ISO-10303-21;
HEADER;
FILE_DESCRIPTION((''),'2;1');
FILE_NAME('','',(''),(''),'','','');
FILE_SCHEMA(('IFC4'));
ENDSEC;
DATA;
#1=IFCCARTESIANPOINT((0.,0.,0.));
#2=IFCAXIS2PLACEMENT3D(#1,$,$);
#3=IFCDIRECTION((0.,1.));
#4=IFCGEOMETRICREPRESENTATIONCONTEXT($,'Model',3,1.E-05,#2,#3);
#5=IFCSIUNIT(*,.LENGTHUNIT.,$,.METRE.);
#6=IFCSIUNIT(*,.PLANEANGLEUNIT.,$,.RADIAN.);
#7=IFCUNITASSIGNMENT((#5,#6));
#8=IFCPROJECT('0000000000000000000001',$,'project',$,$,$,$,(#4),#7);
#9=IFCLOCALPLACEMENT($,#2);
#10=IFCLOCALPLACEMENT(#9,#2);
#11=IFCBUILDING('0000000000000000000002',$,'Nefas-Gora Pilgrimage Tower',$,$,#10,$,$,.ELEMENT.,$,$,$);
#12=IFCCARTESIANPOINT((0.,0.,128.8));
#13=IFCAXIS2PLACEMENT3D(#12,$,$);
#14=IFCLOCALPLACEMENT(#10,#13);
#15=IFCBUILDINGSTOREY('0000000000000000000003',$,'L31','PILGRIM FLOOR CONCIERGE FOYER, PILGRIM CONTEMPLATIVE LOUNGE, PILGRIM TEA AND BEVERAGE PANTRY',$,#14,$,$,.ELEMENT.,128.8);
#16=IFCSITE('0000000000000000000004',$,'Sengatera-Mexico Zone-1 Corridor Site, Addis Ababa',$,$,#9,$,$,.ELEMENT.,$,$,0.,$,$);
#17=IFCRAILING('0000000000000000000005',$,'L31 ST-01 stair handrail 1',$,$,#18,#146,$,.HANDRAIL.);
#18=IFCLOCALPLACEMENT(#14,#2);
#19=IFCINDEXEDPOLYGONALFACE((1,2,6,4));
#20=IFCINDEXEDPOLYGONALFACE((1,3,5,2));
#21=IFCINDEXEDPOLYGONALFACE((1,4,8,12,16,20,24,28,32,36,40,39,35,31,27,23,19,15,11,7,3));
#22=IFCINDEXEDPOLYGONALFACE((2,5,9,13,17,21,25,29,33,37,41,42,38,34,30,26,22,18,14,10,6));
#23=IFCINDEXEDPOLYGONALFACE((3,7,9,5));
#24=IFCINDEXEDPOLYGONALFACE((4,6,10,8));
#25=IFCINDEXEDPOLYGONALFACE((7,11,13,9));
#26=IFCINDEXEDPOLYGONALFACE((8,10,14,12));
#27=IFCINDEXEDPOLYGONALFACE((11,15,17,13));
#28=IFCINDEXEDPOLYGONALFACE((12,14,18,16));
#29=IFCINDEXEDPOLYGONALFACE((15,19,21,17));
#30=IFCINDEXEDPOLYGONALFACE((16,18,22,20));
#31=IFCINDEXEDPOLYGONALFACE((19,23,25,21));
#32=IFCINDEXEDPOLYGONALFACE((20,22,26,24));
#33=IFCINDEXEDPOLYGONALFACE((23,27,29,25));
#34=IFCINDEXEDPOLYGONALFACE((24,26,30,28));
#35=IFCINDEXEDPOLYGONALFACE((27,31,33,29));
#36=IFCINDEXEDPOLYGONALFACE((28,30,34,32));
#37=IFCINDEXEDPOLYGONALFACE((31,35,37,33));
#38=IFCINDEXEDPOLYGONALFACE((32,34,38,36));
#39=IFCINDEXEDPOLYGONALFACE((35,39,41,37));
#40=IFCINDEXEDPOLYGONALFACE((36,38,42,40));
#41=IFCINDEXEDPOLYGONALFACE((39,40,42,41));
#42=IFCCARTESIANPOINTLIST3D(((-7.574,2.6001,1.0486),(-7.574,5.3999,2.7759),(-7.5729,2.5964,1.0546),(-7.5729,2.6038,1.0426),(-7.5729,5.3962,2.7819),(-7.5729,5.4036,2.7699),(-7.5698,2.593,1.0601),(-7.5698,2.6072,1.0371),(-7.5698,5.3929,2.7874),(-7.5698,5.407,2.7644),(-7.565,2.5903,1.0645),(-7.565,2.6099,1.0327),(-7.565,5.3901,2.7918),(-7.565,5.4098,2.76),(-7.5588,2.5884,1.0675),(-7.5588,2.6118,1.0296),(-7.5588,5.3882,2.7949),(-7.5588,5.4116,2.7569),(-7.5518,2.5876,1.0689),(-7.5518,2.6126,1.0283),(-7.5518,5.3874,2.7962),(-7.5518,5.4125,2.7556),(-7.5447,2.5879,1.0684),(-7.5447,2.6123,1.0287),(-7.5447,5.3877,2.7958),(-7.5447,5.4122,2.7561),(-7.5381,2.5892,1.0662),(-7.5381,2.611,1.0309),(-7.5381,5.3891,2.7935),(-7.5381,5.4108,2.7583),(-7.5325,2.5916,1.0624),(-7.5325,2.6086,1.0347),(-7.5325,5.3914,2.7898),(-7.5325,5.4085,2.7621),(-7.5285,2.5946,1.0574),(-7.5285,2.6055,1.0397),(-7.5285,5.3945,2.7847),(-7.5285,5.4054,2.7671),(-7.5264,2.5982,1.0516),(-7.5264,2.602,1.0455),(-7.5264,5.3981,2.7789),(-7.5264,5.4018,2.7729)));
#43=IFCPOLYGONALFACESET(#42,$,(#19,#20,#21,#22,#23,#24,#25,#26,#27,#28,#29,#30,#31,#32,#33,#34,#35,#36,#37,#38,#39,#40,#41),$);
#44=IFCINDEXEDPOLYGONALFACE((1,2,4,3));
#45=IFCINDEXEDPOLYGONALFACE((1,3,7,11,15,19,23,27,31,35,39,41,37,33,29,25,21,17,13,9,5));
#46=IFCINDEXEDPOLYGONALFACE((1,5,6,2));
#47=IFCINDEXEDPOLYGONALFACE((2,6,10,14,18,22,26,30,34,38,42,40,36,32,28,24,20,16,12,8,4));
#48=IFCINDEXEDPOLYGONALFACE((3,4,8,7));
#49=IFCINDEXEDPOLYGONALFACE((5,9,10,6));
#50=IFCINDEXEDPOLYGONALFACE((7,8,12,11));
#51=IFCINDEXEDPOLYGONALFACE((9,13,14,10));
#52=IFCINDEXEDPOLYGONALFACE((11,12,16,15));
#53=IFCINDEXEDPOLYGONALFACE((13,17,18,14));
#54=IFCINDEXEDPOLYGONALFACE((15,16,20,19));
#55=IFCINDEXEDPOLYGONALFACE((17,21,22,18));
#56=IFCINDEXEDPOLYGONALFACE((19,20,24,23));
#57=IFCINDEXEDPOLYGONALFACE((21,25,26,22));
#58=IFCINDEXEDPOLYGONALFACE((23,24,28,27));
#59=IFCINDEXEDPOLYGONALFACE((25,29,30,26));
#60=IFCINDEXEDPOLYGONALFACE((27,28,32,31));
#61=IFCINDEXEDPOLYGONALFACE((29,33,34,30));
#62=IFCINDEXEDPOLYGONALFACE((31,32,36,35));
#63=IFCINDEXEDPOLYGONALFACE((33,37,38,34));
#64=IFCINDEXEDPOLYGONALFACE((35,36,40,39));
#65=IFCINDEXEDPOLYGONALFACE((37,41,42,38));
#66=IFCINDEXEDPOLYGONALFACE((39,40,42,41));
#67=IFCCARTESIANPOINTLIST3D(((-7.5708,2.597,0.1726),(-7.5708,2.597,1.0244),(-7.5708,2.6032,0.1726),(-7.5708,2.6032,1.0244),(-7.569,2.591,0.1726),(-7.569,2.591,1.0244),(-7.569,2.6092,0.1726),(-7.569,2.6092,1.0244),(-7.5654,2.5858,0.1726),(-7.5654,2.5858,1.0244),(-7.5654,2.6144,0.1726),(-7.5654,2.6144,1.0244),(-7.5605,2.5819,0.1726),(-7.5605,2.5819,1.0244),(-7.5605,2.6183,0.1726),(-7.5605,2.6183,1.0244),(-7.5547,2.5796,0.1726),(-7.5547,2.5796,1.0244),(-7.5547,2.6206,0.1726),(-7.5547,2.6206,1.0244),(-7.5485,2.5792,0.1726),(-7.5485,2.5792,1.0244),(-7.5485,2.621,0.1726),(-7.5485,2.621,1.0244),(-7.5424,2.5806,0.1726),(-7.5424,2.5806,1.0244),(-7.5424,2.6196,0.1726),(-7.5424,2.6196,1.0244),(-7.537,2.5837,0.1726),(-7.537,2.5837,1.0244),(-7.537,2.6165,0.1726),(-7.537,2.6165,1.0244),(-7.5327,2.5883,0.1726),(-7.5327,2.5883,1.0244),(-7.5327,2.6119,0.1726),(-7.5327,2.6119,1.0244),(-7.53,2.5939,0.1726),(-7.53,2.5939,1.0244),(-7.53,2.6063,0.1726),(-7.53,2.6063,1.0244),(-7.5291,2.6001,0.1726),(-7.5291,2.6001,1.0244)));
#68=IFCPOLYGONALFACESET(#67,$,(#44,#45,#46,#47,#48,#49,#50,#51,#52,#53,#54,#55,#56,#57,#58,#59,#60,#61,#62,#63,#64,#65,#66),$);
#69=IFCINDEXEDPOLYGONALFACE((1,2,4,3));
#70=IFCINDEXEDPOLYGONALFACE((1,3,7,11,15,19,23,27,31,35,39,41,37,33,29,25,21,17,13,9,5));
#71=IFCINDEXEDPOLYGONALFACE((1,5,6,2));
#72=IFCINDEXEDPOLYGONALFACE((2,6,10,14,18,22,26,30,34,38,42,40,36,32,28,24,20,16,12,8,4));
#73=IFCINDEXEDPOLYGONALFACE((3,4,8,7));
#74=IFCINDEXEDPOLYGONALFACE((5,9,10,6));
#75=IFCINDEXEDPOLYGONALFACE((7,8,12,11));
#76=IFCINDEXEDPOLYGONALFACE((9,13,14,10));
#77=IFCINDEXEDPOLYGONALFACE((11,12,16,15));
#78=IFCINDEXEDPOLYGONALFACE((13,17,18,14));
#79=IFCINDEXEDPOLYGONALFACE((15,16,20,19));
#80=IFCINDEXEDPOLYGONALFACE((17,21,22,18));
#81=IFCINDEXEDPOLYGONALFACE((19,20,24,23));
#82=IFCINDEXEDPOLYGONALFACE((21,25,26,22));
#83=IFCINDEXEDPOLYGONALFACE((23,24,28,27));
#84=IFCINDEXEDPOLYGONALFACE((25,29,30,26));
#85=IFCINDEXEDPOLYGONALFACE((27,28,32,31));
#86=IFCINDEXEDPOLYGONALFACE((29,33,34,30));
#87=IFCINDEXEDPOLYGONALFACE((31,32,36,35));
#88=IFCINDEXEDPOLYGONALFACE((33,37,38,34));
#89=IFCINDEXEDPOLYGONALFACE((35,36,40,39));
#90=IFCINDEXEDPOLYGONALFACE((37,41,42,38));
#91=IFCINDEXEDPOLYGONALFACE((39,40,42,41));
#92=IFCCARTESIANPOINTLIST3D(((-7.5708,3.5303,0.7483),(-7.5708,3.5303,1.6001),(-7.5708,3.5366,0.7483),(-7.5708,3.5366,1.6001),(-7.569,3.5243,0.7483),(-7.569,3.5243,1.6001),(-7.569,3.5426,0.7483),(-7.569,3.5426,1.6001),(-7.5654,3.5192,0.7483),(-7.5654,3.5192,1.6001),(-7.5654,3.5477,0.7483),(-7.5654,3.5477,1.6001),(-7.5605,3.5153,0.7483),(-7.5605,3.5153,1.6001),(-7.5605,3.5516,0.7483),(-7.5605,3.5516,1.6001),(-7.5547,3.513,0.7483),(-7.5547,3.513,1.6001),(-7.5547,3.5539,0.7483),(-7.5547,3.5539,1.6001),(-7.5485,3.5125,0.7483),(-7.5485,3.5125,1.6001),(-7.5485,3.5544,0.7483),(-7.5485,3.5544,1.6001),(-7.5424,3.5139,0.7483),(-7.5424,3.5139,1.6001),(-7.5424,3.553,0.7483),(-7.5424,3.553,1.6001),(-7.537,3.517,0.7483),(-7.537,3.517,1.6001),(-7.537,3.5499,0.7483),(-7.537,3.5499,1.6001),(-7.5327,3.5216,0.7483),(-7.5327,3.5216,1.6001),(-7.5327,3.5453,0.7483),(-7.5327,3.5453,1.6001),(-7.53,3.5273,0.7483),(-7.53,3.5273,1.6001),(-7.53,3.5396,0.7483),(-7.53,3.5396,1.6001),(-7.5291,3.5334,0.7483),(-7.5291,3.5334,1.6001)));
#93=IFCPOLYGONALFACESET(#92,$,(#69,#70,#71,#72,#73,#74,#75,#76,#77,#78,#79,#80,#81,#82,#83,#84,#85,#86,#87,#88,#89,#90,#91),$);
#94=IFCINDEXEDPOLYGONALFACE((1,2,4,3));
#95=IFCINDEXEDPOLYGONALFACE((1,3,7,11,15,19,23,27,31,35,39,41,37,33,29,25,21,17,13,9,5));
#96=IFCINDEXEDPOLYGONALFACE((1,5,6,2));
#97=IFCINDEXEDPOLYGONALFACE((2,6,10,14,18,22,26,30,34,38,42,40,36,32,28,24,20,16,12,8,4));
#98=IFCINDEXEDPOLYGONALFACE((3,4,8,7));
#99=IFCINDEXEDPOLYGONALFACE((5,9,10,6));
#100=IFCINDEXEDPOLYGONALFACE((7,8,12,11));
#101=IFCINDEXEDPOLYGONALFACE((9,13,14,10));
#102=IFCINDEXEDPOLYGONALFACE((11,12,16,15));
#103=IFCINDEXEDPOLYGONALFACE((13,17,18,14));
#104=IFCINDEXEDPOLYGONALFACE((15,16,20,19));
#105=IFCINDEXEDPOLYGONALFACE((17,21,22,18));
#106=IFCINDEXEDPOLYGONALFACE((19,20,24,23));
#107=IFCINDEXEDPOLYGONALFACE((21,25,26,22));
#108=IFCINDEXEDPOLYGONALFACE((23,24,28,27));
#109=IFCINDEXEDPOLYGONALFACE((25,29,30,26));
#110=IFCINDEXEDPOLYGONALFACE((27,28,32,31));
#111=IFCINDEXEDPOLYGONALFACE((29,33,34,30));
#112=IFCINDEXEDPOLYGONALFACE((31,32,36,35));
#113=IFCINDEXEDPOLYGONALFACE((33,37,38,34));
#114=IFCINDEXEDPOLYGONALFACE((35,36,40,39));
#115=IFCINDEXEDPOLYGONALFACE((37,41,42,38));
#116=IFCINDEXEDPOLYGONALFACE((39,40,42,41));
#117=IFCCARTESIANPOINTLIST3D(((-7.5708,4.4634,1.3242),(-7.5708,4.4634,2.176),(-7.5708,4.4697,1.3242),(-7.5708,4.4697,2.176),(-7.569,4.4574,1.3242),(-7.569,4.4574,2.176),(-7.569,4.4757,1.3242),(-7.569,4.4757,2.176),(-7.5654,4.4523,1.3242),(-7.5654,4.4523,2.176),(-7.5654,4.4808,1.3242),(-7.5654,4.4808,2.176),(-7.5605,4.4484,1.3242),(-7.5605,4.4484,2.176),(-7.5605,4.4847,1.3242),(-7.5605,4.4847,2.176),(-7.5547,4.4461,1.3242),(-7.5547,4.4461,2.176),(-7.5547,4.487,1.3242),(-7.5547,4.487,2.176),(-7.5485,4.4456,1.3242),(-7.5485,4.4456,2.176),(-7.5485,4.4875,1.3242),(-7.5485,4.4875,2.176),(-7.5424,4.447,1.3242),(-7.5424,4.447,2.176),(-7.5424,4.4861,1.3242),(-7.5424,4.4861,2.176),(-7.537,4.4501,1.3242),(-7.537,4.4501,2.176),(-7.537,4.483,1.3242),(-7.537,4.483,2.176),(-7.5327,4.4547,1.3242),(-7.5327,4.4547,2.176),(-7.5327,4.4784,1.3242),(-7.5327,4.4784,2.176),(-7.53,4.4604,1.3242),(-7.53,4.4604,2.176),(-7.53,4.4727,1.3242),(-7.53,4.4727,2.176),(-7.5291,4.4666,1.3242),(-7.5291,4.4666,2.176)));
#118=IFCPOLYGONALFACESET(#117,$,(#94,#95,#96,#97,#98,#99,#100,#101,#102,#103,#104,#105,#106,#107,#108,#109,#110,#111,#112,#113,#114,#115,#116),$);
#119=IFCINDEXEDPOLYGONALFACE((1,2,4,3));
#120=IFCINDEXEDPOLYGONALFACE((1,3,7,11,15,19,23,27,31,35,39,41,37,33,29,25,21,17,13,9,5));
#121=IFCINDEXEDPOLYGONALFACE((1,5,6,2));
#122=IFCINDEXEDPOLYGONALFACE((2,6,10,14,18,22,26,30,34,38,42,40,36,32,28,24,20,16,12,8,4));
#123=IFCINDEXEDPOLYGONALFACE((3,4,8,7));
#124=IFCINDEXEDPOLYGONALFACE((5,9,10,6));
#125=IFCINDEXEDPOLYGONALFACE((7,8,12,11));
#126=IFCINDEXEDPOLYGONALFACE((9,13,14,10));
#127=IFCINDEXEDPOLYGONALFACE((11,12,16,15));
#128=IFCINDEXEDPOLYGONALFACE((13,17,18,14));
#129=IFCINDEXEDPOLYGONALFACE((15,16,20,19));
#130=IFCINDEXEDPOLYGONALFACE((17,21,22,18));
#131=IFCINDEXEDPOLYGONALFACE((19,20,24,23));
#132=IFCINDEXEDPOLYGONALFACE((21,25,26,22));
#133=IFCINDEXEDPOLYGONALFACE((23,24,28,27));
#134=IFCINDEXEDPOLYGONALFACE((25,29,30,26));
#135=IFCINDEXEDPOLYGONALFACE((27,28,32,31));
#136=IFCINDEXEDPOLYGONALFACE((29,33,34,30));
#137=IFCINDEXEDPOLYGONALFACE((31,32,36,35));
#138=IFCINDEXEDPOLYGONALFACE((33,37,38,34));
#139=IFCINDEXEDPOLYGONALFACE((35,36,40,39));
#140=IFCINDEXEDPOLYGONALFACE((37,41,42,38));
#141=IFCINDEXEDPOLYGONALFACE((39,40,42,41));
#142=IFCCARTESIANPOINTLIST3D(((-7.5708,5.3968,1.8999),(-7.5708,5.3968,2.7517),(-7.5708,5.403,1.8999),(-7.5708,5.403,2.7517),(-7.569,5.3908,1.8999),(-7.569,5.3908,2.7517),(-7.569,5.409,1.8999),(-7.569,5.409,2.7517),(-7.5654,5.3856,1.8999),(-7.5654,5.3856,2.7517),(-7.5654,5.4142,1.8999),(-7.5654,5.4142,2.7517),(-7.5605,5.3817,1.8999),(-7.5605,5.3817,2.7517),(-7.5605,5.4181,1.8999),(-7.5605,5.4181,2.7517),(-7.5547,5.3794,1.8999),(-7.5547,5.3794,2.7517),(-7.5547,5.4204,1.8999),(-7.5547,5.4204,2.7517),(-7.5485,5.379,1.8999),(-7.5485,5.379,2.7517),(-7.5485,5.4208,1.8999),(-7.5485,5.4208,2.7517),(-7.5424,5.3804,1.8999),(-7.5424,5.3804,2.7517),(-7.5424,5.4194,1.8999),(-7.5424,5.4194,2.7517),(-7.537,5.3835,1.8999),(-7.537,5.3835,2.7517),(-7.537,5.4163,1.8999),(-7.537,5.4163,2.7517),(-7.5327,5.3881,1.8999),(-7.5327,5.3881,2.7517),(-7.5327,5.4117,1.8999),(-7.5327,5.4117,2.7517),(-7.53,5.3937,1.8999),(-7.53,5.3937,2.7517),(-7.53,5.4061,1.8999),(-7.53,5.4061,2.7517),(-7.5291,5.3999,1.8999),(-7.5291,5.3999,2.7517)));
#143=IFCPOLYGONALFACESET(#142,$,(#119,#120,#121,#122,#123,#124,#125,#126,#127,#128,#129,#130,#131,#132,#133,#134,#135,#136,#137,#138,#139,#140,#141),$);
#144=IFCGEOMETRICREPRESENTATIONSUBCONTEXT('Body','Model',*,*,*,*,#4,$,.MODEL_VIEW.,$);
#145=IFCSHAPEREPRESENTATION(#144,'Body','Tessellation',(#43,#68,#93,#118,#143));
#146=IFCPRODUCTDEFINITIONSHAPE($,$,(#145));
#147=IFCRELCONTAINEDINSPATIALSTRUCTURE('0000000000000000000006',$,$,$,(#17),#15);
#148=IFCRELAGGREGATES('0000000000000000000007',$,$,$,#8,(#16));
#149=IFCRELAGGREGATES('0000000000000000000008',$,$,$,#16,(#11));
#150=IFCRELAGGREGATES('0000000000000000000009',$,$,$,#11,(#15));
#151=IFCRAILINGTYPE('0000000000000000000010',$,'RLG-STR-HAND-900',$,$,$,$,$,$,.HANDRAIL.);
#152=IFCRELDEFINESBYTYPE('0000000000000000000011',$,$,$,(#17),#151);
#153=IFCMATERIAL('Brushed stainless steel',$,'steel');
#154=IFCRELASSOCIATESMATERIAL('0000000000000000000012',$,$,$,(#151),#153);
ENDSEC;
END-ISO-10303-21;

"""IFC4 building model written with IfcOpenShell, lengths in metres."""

from ifc_helpers import new_model, si_unit, direction, frame, origin, origin_2d, place, context, subcontext, project, spatial, circle, extrude, material, type_object, element, save


model = new_model("IFC4")

# Units and contexts
model_context = context("Model", 3, precision=1e-05, world=origin(), true_north=direction((0.0, 1.0)))
body_context = subcontext(model_context, "Body", "Model", "MODEL_VIEW")
ifc_project = project(units=[si_unit("LENGTHUNIT", "METRE"), si_unit("PLANEANGLEUNIT", "RADIAN")], contexts=[model_context])

# Site, building, storey
site_placement = place(None, origin())
site = spatial("IfcSite", under=ifc_project, at=site_placement, Name="Sengatera-Mexico Zone-1 Corridor Site, Addis Ababa", CompositionType="ELEMENT", RefElevation=0.0)
building_placement = place(site_placement, origin())
building = spatial("IfcBuilding", under=site, at=building_placement, Name="Nefas-Gora Pilgrimage Tower", CompositionType="ELEMENT")
storey_placement = place(building_placement, frame((0.0, 0.0, 128.8)))
storey = spatial("IfcBuildingStorey", under=building, at=storey_placement, Name="L31", Description="PILGRIM FLOOR CONCIERGE FOYER, PILGRIM CONTEMPLATIVE LOUNGE, PILGRIM TEA AND BEVERAGE PANTRY", CompositionType="ELEMENT", Elevation=128.8)

# Railing
ifc_material_1 = material(Name="Brushed stainless steel", Category="steel")
railing_type_1 = type_object("IfcRailingType", Name="RLG-STR-HAND-900", PredefinedType="HANDRAIL", material=ifc_material_1)
railing_1_placement = place(storey_placement, frame((-7.55, 2.6001, 0.1726)))
element("IfcRailing", 1, at=railing_1_placement, inside=storey, type_object=railing_type_1, Name="L31 ST-01 stair handrail 1", PredefinedType="HANDRAIL", context=body_context, shape_type="SweptSolid", body=[
    extrude(circle(Radius=0.0239, at=origin_2d()), frame((0.0, 0.0, 0.876), z_axis=(0.0, 0.851069, 0.525054), x_axis=(-1.0, 0.0, 0.0)), (0.0, 0.0, 1.0), 3.2898),
    extrude(circle(Radius=0.021, at=origin_2d()), origin(), (0.0, 0.0, 1.0), 0.8518),
    extrude(circle(Radius=0.021, at=origin_2d()), frame((0.0, 0.9333, 0.5757)), (0.0, 0.0, 1.0), 0.8518),
    extrude(circle(Radius=0.021, at=origin_2d()), frame((0.0, 1.8665, 1.1516)), (0.0, 0.0, 1.0), 0.8518),
    extrude(circle(Radius=0.021, at=origin_2d()), frame((0.0, 2.7998, 1.7273)), (0.0, 0.0, 1.0), 0.8518),
])

save(model, "model.ifc")
